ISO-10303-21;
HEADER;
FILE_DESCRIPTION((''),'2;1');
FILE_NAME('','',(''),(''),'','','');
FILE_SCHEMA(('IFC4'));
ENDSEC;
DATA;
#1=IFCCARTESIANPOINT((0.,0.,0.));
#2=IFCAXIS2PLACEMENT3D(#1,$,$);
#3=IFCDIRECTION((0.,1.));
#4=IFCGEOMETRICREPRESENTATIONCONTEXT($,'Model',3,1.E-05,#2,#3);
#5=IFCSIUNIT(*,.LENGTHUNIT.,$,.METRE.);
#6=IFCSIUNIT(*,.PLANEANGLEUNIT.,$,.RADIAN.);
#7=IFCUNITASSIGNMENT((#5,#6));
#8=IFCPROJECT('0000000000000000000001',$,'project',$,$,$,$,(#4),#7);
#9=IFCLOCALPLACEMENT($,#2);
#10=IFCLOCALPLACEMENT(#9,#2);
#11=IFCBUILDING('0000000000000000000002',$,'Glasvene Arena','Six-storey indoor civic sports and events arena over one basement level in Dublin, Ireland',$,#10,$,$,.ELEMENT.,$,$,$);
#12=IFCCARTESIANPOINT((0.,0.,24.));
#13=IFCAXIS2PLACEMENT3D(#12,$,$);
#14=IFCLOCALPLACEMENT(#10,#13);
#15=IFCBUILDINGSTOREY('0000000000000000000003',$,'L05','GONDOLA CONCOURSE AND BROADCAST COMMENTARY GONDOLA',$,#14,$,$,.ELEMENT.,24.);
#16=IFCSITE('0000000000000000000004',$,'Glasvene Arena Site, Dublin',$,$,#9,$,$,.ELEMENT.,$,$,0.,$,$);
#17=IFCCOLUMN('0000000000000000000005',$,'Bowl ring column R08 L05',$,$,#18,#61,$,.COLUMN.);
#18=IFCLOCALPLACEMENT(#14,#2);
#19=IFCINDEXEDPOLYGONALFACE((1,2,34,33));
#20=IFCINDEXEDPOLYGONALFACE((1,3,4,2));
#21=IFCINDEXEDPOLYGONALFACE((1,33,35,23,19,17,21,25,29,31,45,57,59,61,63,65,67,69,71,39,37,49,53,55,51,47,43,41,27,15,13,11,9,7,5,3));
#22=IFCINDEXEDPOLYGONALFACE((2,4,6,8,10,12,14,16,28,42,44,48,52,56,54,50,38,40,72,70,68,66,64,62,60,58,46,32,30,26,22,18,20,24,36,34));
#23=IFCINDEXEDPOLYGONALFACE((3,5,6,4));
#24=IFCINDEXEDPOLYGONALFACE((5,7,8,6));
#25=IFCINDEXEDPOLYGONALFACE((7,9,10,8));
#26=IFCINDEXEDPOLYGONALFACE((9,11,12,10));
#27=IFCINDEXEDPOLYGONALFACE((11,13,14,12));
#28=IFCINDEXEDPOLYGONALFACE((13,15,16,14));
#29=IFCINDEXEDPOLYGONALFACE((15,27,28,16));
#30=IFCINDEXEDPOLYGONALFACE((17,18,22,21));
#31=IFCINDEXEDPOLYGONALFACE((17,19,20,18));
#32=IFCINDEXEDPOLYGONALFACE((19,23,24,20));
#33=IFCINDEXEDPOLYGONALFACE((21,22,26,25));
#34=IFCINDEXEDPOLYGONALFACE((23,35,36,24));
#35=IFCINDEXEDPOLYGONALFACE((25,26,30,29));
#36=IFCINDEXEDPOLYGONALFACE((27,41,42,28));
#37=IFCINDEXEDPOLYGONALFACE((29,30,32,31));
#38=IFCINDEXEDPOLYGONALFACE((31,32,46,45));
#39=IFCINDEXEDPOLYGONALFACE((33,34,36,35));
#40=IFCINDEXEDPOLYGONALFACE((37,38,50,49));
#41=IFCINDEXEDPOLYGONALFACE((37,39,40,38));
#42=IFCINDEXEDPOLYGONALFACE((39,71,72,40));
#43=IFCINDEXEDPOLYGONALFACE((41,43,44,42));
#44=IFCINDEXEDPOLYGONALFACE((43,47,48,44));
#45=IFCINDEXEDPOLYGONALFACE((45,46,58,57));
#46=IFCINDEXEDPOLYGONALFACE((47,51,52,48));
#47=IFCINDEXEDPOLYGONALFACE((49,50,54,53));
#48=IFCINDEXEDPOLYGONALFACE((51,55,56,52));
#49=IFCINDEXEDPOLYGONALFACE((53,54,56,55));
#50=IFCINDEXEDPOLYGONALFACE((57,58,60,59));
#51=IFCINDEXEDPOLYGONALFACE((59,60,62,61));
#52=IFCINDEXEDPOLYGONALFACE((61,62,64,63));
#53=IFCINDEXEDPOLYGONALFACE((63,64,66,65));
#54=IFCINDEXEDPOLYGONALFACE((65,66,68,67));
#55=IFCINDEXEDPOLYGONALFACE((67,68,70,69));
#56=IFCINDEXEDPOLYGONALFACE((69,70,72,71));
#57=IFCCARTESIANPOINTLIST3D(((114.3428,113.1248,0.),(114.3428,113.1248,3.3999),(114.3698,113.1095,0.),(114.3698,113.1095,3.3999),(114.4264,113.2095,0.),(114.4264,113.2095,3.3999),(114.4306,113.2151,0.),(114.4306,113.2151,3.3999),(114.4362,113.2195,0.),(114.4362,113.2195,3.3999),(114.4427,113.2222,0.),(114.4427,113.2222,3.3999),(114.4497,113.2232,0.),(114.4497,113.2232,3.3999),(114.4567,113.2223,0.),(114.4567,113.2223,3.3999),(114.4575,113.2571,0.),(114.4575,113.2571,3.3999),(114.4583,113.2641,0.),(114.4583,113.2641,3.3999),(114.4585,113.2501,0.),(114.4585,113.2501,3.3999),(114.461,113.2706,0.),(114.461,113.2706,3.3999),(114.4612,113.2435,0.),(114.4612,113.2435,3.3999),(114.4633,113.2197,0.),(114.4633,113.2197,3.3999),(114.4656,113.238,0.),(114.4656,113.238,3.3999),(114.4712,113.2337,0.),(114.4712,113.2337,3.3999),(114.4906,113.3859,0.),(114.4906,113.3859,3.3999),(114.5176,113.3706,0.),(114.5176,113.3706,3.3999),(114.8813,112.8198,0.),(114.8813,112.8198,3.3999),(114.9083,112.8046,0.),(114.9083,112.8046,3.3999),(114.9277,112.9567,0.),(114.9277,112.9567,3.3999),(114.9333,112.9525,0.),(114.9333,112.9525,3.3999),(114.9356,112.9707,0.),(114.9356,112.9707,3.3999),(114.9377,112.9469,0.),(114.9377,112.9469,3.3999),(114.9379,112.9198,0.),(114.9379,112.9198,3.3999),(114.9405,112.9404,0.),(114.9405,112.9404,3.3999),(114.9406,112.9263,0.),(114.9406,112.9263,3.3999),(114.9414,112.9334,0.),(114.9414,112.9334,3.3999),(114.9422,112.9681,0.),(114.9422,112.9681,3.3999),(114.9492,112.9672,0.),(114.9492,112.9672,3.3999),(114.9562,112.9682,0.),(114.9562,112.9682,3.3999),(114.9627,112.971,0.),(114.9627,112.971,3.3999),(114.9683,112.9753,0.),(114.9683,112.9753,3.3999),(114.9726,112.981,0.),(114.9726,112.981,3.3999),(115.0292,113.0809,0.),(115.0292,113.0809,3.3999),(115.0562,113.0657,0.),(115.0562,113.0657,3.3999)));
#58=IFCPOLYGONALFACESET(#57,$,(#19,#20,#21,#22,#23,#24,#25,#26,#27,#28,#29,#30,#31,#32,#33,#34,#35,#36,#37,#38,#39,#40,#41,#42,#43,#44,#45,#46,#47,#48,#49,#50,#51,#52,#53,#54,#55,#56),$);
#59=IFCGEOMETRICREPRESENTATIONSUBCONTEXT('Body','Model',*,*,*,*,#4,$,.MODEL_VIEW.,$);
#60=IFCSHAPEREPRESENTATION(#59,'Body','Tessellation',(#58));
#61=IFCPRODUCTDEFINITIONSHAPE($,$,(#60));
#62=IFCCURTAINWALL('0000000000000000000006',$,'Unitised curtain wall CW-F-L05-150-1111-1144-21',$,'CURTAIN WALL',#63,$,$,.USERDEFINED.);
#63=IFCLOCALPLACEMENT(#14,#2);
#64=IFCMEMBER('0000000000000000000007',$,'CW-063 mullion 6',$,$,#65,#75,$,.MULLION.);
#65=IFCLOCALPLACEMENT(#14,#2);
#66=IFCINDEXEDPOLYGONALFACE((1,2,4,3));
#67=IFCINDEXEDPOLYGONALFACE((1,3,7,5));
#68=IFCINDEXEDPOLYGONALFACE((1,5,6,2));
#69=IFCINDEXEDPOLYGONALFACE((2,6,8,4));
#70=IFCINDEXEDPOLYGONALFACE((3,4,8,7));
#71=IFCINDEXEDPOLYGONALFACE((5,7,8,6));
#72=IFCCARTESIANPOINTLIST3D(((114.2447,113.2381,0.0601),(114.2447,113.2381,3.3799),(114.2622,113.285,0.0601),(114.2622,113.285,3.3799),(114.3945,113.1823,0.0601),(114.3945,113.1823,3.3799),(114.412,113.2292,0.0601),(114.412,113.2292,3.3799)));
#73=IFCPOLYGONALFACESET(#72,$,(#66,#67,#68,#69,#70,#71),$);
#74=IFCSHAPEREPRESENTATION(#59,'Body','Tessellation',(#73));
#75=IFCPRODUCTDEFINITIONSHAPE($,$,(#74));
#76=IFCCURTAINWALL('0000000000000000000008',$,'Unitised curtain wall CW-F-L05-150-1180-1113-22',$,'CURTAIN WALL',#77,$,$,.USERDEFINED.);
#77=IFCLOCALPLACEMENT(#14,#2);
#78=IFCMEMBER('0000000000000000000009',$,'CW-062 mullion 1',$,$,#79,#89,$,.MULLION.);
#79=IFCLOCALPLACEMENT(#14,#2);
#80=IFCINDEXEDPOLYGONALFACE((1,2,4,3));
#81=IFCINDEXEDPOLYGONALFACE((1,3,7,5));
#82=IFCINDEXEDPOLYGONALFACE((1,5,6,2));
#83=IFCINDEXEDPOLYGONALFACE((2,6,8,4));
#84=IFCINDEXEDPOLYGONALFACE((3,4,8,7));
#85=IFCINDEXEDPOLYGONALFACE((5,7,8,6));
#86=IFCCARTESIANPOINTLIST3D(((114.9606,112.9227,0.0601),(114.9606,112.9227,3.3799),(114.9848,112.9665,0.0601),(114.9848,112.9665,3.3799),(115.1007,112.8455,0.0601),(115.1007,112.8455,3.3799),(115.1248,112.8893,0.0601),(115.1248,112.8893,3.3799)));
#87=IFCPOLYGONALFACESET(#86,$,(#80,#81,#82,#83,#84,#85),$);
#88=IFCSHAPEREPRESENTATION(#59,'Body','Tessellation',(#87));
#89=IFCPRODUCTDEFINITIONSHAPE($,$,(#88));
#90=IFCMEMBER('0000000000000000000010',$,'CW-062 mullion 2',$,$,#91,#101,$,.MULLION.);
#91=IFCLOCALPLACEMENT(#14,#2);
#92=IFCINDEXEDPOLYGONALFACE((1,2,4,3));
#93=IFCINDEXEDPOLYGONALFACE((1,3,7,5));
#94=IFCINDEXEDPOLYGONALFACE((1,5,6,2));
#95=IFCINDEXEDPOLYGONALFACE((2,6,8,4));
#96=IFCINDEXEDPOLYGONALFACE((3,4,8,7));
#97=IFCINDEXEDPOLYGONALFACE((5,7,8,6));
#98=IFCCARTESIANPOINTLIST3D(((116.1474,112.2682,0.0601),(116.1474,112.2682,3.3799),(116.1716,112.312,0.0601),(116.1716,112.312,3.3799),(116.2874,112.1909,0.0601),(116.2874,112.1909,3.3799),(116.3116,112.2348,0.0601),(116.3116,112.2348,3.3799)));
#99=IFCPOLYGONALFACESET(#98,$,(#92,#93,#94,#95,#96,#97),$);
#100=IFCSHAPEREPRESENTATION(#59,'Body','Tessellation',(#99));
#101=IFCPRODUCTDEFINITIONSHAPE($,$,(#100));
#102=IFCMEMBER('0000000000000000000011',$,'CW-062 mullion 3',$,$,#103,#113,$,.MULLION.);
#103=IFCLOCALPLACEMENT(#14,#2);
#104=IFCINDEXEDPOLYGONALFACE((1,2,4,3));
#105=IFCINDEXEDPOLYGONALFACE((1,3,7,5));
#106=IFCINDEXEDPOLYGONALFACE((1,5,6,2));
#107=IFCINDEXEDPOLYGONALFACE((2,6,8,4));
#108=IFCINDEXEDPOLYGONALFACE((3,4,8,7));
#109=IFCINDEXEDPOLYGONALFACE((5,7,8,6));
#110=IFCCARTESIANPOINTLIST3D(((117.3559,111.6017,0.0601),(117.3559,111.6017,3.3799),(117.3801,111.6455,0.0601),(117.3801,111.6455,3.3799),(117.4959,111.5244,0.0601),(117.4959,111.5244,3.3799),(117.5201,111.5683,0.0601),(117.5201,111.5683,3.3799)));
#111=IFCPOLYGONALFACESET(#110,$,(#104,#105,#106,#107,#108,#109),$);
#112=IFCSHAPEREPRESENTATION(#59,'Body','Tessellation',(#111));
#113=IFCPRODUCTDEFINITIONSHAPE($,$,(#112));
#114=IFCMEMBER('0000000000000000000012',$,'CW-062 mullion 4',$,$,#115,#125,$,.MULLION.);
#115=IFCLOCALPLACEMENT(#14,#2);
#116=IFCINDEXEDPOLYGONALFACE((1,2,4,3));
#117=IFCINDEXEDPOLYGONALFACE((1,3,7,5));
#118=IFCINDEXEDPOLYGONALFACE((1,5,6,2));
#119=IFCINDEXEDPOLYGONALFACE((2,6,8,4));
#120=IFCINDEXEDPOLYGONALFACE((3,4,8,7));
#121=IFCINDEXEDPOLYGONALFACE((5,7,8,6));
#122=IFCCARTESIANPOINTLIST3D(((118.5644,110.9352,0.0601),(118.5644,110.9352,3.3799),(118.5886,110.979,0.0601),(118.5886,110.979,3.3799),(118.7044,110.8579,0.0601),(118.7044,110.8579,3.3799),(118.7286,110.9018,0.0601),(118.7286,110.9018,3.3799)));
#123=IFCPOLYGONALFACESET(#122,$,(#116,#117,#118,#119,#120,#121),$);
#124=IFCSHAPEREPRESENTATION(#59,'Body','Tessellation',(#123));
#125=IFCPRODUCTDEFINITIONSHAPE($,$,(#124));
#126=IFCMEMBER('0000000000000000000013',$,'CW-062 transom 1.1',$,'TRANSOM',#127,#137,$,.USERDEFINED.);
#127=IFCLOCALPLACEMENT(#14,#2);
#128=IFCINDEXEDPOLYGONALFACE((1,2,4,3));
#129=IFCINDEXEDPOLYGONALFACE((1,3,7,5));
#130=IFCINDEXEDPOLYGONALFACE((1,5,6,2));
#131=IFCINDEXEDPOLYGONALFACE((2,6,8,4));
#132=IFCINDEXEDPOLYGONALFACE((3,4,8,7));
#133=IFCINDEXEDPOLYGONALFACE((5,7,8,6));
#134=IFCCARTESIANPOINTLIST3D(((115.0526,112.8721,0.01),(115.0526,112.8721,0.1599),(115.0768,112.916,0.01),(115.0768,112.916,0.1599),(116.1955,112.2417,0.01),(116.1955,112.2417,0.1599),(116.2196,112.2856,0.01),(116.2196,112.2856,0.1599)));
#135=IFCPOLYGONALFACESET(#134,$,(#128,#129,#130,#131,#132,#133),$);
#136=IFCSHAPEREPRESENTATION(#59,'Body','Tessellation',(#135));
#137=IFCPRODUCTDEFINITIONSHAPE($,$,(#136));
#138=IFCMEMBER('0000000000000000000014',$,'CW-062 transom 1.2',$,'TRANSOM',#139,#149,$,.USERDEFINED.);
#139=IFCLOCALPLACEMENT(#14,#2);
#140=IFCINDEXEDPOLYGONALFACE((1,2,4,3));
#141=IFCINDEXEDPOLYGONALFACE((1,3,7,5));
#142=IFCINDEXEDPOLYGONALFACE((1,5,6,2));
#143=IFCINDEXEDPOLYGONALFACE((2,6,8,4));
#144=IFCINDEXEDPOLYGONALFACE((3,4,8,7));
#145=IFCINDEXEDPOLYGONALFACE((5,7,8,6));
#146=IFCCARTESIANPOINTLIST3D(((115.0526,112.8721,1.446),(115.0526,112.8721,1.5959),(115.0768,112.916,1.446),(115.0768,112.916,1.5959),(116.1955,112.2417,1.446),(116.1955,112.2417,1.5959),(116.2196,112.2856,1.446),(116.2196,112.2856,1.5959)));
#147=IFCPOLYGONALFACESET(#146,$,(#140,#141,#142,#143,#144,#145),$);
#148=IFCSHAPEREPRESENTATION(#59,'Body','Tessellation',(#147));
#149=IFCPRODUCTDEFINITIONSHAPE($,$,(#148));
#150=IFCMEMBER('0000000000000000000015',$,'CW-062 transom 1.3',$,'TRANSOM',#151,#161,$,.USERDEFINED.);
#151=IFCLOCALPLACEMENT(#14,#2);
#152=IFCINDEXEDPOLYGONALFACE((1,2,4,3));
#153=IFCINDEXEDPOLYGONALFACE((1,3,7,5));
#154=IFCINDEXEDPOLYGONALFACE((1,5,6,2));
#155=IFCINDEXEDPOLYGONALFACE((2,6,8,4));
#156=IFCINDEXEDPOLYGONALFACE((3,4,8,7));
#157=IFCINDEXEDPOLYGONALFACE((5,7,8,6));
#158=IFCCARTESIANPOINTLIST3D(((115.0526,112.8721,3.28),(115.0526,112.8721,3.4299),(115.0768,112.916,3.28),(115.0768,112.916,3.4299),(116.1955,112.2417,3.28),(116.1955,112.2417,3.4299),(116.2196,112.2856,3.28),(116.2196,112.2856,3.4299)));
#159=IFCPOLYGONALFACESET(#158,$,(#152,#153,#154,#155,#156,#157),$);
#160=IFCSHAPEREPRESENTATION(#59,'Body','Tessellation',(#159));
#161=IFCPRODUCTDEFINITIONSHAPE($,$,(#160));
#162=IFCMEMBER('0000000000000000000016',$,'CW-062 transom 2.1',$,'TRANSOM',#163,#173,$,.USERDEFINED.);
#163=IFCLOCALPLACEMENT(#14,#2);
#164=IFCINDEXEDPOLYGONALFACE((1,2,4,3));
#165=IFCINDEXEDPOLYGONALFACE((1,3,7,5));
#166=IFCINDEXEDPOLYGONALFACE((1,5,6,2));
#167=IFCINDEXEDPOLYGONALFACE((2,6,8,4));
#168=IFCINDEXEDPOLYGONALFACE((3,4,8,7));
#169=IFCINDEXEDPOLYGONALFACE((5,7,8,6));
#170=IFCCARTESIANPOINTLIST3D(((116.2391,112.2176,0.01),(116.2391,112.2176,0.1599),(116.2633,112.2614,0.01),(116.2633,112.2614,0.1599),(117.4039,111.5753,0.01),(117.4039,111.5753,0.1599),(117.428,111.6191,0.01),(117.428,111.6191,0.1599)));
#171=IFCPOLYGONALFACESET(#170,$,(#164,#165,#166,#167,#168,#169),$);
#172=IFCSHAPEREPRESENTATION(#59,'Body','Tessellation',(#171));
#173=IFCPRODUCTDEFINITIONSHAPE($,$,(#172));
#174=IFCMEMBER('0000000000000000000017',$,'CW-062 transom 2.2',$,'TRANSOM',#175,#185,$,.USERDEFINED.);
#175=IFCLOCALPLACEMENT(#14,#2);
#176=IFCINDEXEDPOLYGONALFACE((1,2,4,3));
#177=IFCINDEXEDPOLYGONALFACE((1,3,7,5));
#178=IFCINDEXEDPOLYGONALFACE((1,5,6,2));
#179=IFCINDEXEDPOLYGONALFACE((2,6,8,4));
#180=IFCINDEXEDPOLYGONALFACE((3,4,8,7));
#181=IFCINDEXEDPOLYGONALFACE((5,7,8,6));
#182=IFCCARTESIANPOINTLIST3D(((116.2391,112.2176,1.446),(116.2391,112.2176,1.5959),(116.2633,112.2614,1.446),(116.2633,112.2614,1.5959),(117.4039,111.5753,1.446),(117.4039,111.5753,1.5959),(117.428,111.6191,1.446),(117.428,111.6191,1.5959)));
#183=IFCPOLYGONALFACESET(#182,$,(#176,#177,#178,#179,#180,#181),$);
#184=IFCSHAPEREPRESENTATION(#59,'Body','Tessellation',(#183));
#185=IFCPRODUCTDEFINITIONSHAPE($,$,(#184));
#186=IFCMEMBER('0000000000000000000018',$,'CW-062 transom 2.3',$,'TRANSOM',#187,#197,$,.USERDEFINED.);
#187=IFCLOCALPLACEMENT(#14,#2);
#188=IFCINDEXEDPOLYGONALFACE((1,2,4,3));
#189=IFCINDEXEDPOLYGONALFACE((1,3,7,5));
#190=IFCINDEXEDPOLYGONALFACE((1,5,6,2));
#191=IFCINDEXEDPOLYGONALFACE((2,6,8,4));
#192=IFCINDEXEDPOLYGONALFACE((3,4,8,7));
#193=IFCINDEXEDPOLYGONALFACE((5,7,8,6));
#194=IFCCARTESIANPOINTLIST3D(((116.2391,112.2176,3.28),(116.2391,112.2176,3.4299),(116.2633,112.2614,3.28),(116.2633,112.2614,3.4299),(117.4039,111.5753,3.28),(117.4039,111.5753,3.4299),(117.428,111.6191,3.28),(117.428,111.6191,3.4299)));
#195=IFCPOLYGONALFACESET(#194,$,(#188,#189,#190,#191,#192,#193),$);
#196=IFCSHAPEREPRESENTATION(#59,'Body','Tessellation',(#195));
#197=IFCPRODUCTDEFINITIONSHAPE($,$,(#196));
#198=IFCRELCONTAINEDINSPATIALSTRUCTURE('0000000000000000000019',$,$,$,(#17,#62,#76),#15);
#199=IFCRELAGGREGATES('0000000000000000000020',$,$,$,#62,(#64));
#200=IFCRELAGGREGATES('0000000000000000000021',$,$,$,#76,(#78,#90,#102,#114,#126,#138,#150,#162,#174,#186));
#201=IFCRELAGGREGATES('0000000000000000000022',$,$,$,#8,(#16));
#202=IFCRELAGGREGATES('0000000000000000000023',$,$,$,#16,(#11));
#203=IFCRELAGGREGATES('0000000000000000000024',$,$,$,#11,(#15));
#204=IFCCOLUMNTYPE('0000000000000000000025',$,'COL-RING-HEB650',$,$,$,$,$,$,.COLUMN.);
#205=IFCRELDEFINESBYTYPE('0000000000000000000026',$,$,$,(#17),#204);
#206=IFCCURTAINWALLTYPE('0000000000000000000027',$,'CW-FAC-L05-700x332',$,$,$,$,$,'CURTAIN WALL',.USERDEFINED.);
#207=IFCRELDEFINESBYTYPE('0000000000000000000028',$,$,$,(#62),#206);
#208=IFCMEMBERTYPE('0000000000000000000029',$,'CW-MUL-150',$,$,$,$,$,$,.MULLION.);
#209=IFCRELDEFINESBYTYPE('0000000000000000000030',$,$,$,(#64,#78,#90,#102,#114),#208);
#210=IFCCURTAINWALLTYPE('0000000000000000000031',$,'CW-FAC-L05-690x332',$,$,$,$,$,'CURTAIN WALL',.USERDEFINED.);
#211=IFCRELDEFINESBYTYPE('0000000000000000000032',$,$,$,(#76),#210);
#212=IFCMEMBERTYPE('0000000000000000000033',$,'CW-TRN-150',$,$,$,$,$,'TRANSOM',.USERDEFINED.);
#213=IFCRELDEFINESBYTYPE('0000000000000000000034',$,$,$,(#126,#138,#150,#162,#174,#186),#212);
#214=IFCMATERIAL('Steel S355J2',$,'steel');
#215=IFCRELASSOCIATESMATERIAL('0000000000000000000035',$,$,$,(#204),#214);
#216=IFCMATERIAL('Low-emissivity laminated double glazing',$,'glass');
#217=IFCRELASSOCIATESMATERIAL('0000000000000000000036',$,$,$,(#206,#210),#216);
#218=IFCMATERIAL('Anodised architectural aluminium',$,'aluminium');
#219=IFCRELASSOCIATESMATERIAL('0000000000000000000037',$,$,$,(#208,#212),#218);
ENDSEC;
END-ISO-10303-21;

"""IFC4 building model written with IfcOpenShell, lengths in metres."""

from ifc_helpers import new_model, si_unit, direction, frame, origin, origin_2d, place, context, subcontext, project, spatial, rectangle, i_section, extrude, material, material_profile, profile_set, type_object, element, aggregate, save


model = new_model("IFC4")

# Units and contexts
model_context = context("Model", 3, precision=1e-05, world=origin(), true_north=direction((0.0, 1.0)))
body_context = subcontext(model_context, "Body", "Model", "MODEL_VIEW")
ifc_project = project(units=[si_unit("LENGTHUNIT", "METRE"), si_unit("PLANEANGLEUNIT", "RADIAN")], contexts=[model_context])

# Site, building, storey
site_placement = place(None, origin())
site = spatial("IfcSite", under=ifc_project, at=site_placement, Name="Glasvene Arena Site, Dublin", CompositionType="ELEMENT", RefElevation=0.0)
building_placement = place(site_placement, origin())
building = spatial("IfcBuilding", under=site, at=building_placement, Name="Glasvene Arena", Description="Six-storey indoor civic sports and events arena over one basement level in Dublin, Ireland", CompositionType="ELEMENT")
storey_placement = place(building_placement, frame((0.0, 0.0, 24.0)))
storey = spatial("IfcBuildingStorey", under=building, at=storey_placement, Name="L05", Description="GONDOLA CONCOURSE AND BROADCAST COMMENTARY GONDOLA", CompositionType="ELEMENT", Elevation=24.0)

# Column
ifc_material_1 = material(Name="Steel S355J2", Category="steel")
ifc_material_profile_1 = material_profile(ifc_material_1, i_section(OverallWidth=0.3, OverallDepth=0.6499, WebThickness=0.0161, FlangeThickness=0.031, FilletRadius=0.0271, at=origin_2d()), Name="HEB 650")
ifc_profile_set_1 = profile_set([ifc_material_profile_1], Name="Steel S355J2")
column_type = type_object("IfcColumnType", Name="COL-RING-HEB650", PredefinedType="COLUMN", material=ifc_profile_set_1)
column_placement = place(storey_placement, frame((114.6995, 113.0952, 0.0), z_axis=(0.0, 0.0, 1.0), x_axis=(0.492727, 0.870184, 0.0)))
element("IfcColumn", 1, at=column_placement, inside=storey, type_object=column_type, Name="Bowl ring column R08 L05", PredefinedType="COLUMN", context=body_context, shape_type="SweptSolid", body=[
    extrude(i_section(OverallWidth=0.3, OverallDepth=0.6499, WebThickness=0.0161, FlangeThickness=0.031, FilletRadius=0.0271, at=origin_2d()), origin(), (0.0, 0.0, 1.0), 3.3999),
])

# Curtain wall, member
ifc_material_2 = material(Name="Low-emissivity laminated double glazing", Category="glass")
curtain_wall_type_1 = type_object("IfcCurtainWallType", Name="CW-FAC-L05-700x332", ElementType="CURTAIN WALL", PredefinedType="USERDEFINED", material=ifc_material_2)
curtain_wall_1_placement = place(storey_placement, frame((107.7947, 115.6692, 0.0)))
curtain_wall_1 = element("IfcCurtainWall", 2, at=curtain_wall_1_placement, inside=storey, type_object=curtain_wall_type_1, Name="Unitised curtain wall CW-F-L05-150-1111-1144-21", ObjectType="CURTAIN WALL", PredefinedType="USERDEFINED")
ifc_material_3 = material(Name="Anodised architectural aluminium", Category="aluminium")
ifc_material_profile_2 = material_profile(ifc_material_3, rectangle(XDim=0.05, YDim=0.1599, at=origin_2d()), Name="ALU MULLION 50x160")
ifc_profile_set_2 = profile_set([ifc_material_profile_2], Name="Anodised architectural aluminium")
member_type_1 = type_object("IfcMemberType", Name="CW-MUL-150", PredefinedType="MULLION", material=ifc_profile_set_2)
member_1_placement = place(storey_placement, frame((114.3284, 113.2336, 0.0601), z_axis=(0.0, 0.0, 1.0), x_axis=(0.349297, 0.937012, 0.0)))
member_1 = element("IfcMember", 3, at=member_1_placement, type_object=member_type_1, Name="CW-063 mullion 6", PredefinedType="MULLION", context=body_context, shape_type="SweptSolid", body=[
    extrude(rectangle(XDim=0.05, YDim=0.1599, at=origin_2d()), origin(), (0.0, 0.0, 1.0), 3.3198),
])
aggregate(curtain_wall_1, [member_1])

# Curtain wall, members
curtain_wall_type_2 = type_object("IfcCurtainWallType", Name="CW-FAC-L05-690x332", ElementType="CURTAIN WALL", PredefinedType="USERDEFINED", material=ifc_material_2)
curtain_wall_2_placement = place(storey_placement, frame((115.021, 112.9182, 0.0)))
curtain_wall_2 = element("IfcCurtainWall", 4, at=curtain_wall_2_placement, inside=storey, type_object=curtain_wall_type_2, Name="Unitised curtain wall CW-F-L05-150-1180-1113-22", ObjectType="CURTAIN WALL", PredefinedType="USERDEFINED")
member_2_placement = place(storey_placement, frame((115.0427, 112.906, 0.0601), z_axis=(0.0, 0.0, 1.0), x_axis=(0.482939, 0.875654, 0.0)))
member_2 = element("IfcMember", 5, at=member_2_placement, type_object=member_type_1, Name="CW-062 mullion 1", PredefinedType="MULLION", context=body_context, shape_type="SweptSolid", body=[
    extrude(rectangle(XDim=0.05, YDim=0.1599, at=origin_2d()), origin(), (0.0, 0.0, 1.0), 3.3198),
])
member_3_placement = place(storey_placement, frame((116.2295, 112.2515, 0.0601), z_axis=(0.0, 0.0, 1.0), x_axis=(0.482939, 0.875654, 0.0)))
member_3 = element("IfcMember", 6, at=member_3_placement, type_object=member_type_1, Name="CW-062 mullion 2", PredefinedType="MULLION", context=body_context, shape_type="SweptSolid", body=[
    extrude(rectangle(XDim=0.05, YDim=0.1599, at=origin_2d()), origin(), (0.0, 0.0, 1.0), 3.3198),
])
member_4_placement = place(storey_placement, frame((117.438, 111.585, 0.0601), z_axis=(0.0, 0.0, 1.0), x_axis=(0.482939, 0.875654, 0.0)))
member_4 = element("IfcMember", 7, at=member_4_placement, type_object=member_type_1, Name="CW-062 mullion 3", PredefinedType="MULLION", context=body_context, shape_type="SweptSolid", body=[
    extrude(rectangle(XDim=0.05, YDim=0.1599, at=origin_2d()), origin(), (0.0, 0.0, 1.0), 3.3198),
])
member_5_placement = place(storey_placement, frame((118.6465, 110.9185, 0.0601), z_axis=(0.0, 0.0, 1.0), x_axis=(0.482939, 0.875654, 0.0)))
member_5 = element("IfcMember", 8, at=member_5_placement, type_object=member_type_1, Name="CW-062 mullion 4", PredefinedType="MULLION", context=body_context, shape_type="SweptSolid", body=[
    extrude(rectangle(XDim=0.05, YDim=0.1599, at=origin_2d()), origin(), (0.0, 0.0, 1.0), 3.3198),
])
ifc_material_profile_3 = material_profile(ifc_material_3, rectangle(XDim=0.05, YDim=0.1499, at=origin_2d()), Name="ALU TRANSOM 50x150")
ifc_profile_set_3 = profile_set([ifc_material_profile_3], Name="Anodised architectural aluminium")
member_type_2 = type_object("IfcMemberType", Name="CW-TRN-150", ElementType="TRANSOM", PredefinedType="USERDEFINED", material=ifc_profile_set_3)
member_6_placement = place(storey_placement, frame((115.0647, 112.894, 0.085), z_axis=(0.875627, -0.482988, 0.0), x_axis=(0.482988, 0.875627, 0.0)))
member_6 = element("IfcMember", 9, at=member_6_placement, type_object=member_type_2, Name="CW-062 transom 1.1", ObjectType="TRANSOM", PredefinedType="USERDEFINED", context=body_context, shape_type="SweptSolid", body=[
    extrude(rectangle(XDim=0.05, YDim=0.1499, at=origin_2d()), origin(), (0.0, 0.0, 1.0), 1.3052),
])
member_7_placement = place(storey_placement, frame((115.0647, 112.894, 1.521), z_axis=(0.875627, -0.482988, 0.0), x_axis=(0.482988, 0.875627, 0.0)))
member_7 = element("IfcMember", 10, at=member_7_placement, type_object=member_type_2, Name="CW-062 transom 1.2", ObjectType="TRANSOM", PredefinedType="USERDEFINED", context=body_context, shape_type="SweptSolid", body=[
    extrude(rectangle(XDim=0.05, YDim=0.1499, at=origin_2d()), origin(), (0.0, 0.0, 1.0), 1.3052),
])
member_8_placement = place(storey_placement, frame((115.0647, 112.894, 3.355), z_axis=(0.875627, -0.482988, 0.0), x_axis=(0.482988, 0.875627, 0.0)))
member_8 = element("IfcMember", 11, at=member_8_placement, type_object=member_type_2, Name="CW-062 transom 1.3", ObjectType="TRANSOM", PredefinedType="USERDEFINED", context=body_context, shape_type="SweptSolid", body=[
    extrude(rectangle(XDim=0.05, YDim=0.1499, at=origin_2d()), origin(), (0.0, 0.0, 1.0), 1.3052),
])
member_9_placement = place(storey_placement, frame((116.2512, 112.2395, 0.085), z_axis=(0.875677, -0.482898, 0.0), x_axis=(0.482898, 0.875677, 0.0)))
member_9 = element("IfcMember", 12, at=member_9_placement, type_object=member_type_2, Name="CW-062 transom 2.1", ObjectType="TRANSOM", PredefinedType="USERDEFINED", context=body_context, shape_type="SweptSolid", body=[
    extrude(rectangle(XDim=0.05, YDim=0.1499, at=origin_2d()), origin(), (0.0, 0.0, 1.0), 1.3301),
])
member_10_placement = place(storey_placement, frame((116.2512, 112.2395, 1.521), z_axis=(0.875677, -0.482898, 0.0), x_axis=(0.482898, 0.875677, 0.0)))
member_10 = element("IfcMember", 13, at=member_10_placement, type_object=member_type_2, Name="CW-062 transom 2.2", ObjectType="TRANSOM", PredefinedType="USERDEFINED", context=body_context, shape_type="SweptSolid", body=[
    extrude(rectangle(XDim=0.05, YDim=0.1499, at=origin_2d()), origin(), (0.0, 0.0, 1.0), 1.3301),
])
member_11_placement = place(storey_placement, frame((116.2512, 112.2395, 3.355), z_axis=(0.875677, -0.482898, 0.0), x_axis=(0.482898, 0.875677, 0.0)))
member_11 = element("IfcMember", 14, at=member_11_placement, type_object=member_type_2, Name="CW-062 transom 2.3", ObjectType="TRANSOM", PredefinedType="USERDEFINED", context=body_context, shape_type="SweptSolid", body=[
    extrude(rectangle(XDim=0.05, YDim=0.1499, at=origin_2d()), origin(), (0.0, 0.0, 1.0), 1.3301),
])
aggregate(curtain_wall_2, [member_2, member_3, member_4, member_5, member_6, member_7, member_8, member_9, member_10, member_11])

save(model, "model.ifc")
